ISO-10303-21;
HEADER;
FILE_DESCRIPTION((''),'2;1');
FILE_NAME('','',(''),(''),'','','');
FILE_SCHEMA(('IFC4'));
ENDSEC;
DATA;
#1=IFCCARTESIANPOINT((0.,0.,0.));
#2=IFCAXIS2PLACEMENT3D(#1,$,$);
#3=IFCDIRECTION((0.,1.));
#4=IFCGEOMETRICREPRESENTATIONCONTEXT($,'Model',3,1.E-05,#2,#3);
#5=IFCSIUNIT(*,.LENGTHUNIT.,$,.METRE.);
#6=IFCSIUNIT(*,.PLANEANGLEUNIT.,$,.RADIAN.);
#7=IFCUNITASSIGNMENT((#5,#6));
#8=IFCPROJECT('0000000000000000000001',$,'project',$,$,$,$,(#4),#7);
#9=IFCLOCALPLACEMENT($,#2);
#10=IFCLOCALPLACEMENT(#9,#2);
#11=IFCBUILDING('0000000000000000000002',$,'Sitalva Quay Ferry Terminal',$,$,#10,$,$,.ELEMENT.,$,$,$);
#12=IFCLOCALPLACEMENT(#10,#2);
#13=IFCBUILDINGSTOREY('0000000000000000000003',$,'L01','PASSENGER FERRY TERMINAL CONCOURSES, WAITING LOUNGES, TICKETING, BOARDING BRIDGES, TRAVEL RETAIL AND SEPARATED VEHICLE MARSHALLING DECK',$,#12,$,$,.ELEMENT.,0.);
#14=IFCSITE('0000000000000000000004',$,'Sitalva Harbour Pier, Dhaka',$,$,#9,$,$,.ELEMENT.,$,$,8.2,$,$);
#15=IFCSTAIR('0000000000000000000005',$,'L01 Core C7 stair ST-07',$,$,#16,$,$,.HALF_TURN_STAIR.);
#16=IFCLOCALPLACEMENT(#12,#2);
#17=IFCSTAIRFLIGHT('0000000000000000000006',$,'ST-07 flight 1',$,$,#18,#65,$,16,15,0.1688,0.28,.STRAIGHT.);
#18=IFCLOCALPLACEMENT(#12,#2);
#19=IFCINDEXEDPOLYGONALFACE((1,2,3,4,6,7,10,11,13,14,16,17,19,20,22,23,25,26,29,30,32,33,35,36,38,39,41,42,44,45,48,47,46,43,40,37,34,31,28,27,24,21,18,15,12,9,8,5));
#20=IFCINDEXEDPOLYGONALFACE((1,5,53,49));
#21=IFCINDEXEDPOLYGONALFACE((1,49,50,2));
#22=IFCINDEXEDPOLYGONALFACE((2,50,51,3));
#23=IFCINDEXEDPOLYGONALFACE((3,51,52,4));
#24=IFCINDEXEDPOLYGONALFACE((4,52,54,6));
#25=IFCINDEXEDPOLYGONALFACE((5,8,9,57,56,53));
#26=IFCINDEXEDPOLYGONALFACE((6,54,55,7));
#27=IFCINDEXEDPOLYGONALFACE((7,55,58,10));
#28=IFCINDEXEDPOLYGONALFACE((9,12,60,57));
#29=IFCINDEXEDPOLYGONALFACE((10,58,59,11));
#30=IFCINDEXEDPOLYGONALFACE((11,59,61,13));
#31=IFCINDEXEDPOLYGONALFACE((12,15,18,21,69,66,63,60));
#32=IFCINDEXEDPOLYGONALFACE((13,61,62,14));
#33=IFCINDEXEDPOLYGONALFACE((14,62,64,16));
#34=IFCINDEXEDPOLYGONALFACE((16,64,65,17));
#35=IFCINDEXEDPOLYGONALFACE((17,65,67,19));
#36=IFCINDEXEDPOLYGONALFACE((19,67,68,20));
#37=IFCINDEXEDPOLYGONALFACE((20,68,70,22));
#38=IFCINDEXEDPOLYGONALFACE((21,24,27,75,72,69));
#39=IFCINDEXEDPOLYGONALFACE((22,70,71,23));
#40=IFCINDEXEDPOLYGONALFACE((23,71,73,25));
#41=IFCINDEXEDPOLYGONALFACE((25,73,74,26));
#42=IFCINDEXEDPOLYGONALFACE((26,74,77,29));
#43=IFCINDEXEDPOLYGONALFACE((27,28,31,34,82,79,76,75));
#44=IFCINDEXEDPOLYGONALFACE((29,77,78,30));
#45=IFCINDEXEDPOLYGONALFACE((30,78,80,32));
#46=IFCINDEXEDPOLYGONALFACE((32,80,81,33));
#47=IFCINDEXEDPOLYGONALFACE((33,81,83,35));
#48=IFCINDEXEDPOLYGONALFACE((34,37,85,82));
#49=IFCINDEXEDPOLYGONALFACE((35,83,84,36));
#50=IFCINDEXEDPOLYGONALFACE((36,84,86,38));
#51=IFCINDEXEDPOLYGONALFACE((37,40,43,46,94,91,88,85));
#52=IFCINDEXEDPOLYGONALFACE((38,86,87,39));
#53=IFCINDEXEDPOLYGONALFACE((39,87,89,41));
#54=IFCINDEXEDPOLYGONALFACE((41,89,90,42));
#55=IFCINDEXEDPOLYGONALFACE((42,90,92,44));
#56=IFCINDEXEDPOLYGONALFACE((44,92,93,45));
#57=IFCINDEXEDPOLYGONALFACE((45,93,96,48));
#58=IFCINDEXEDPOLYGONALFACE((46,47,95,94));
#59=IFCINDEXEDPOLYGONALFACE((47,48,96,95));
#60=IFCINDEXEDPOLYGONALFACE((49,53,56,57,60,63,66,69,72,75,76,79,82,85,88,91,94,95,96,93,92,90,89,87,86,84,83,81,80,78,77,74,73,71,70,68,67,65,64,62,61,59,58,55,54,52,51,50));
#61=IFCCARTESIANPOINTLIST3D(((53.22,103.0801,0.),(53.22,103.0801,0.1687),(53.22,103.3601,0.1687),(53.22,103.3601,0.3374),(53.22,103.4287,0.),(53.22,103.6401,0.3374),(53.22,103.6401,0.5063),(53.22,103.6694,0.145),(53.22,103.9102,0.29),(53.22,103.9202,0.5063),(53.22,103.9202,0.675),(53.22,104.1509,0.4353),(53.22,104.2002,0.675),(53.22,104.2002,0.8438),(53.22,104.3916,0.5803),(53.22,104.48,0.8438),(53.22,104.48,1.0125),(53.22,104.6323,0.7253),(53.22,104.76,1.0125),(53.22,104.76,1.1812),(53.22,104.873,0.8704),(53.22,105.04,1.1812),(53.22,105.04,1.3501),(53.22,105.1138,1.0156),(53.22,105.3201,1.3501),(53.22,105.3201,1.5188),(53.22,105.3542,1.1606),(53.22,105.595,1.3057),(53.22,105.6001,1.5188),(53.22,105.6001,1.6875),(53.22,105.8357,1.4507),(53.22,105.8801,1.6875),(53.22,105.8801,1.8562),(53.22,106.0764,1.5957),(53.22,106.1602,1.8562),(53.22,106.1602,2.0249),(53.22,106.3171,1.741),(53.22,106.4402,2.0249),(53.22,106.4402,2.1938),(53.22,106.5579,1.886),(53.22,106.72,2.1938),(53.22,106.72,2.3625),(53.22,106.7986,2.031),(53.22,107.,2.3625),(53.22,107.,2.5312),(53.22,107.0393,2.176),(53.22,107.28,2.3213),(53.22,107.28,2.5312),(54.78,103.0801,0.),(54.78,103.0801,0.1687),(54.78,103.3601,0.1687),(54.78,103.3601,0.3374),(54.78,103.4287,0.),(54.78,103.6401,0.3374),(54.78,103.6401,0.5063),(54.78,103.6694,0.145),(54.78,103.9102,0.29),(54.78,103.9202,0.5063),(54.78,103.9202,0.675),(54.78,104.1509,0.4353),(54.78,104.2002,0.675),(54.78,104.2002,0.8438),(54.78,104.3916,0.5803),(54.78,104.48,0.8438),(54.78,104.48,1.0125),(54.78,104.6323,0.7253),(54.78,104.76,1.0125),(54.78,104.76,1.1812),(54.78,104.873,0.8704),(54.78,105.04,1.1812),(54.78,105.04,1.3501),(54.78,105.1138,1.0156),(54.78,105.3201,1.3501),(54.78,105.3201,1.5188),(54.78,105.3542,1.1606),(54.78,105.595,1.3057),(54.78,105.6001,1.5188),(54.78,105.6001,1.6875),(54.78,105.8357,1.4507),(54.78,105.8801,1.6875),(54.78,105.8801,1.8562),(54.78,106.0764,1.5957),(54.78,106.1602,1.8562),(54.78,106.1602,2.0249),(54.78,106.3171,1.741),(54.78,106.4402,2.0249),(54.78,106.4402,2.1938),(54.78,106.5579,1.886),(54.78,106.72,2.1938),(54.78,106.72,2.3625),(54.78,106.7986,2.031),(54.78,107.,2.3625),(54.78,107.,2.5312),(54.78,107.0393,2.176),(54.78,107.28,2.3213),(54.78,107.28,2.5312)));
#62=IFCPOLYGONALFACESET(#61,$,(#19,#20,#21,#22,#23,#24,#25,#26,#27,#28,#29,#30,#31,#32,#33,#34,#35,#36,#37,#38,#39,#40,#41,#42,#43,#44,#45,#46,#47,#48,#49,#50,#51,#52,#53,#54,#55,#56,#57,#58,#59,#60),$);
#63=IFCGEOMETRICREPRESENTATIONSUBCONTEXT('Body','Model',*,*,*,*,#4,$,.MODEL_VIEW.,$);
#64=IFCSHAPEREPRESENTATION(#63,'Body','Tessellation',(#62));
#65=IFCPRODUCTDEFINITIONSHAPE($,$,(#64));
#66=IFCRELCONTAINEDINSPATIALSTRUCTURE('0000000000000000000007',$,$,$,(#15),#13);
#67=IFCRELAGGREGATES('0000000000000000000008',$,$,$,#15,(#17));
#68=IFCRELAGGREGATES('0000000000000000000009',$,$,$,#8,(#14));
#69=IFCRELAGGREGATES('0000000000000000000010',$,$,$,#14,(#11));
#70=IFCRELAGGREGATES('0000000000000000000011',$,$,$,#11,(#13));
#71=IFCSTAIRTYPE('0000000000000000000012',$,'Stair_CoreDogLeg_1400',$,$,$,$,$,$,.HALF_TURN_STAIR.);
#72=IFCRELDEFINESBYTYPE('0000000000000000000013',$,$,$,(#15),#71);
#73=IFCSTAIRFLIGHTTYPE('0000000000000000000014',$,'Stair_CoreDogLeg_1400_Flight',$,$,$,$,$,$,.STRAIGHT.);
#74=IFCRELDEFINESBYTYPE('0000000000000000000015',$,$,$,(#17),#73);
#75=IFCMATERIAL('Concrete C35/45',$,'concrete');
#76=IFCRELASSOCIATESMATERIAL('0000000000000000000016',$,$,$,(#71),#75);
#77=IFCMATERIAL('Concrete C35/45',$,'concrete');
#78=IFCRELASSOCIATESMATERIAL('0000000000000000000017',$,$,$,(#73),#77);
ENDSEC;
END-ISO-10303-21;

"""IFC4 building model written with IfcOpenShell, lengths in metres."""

from ifc_helpers import new_model, si_unit, direction, frame, origin, place, context, subcontext, project, spatial, polyline, outline, extrude, material, type_object, element, aggregate, save


model = new_model("IFC4")

# Units and contexts
model_context = context("Model", 3, precision=1e-05, world=origin(), true_north=direction((0.0, 1.0)))
body_context = subcontext(model_context, "Body", "Model", "MODEL_VIEW")
ifc_project = project(units=[si_unit("LENGTHUNIT", "METRE"), si_unit("PLANEANGLEUNIT", "RADIAN")], contexts=[model_context])

# Site, building, storey
site_placement = place(None, origin())
site = spatial("IfcSite", under=ifc_project, at=site_placement, Name="Sitalva Harbour Pier, Dhaka", CompositionType="ELEMENT", RefElevation=8.2)
building_placement = place(site_placement, origin())
building = spatial("IfcBuilding", under=site, at=building_placement, Name="Sitalva Quay Ferry Terminal", CompositionType="ELEMENT")
storey_placement = place(building_placement, origin())
storey = spatial("IfcBuildingStorey", under=building, at=storey_placement, Name="L01", Description="PASSENGER FERRY TERMINAL CONCOURSES, WAITING LOUNGES, TICKETING, BOARDING BRIDGES, TRAVEL RETAIL AND SEPARATED VEHICLE MARSHALLING DECK", CompositionType="ELEMENT", Elevation=0.0)

# Stair, stair flight
ifc_material_1 = material(Name="Concrete C35/45", Category="concrete")
stair_type = type_object("IfcStairType", Name="Stair_CoreDogLeg_1400", PredefinedType="HALF_TURN_STAIR", material=ifc_material_1)
stair_placement = place(storey_placement, origin())
stair = element("IfcStair", 1, at=stair_placement, inside=storey, type_object=stair_type, Name="L01 Core C7 stair ST-07", PredefinedType="HALF_TURN_STAIR")
ifc_material_2 = material(Name="Concrete C35/45", Category="concrete")
stair_flight_type = type_object("IfcStairFlightType", Name="Stair_CoreDogLeg_1400_Flight", PredefinedType="STRAIGHT", material=ifc_material_2)
stair_flight_placement = place(storey_placement, frame((54.0, 103.0801, 0.0), z_axis=(0.0, 0.0, 1.0), x_axis=(0.0, 1.0, 0.0)))
stair_flight = element("IfcStairFlight", 2, at=stair_flight_placement, type_object=stair_flight_type, Name="ST-07 flight 1", NumberOfRisers=16, NumberOfTreads=15, PredefinedType="STRAIGHT", RiserHeight=0.1688, TreadLength=0.28, context=body_context, shape_type="SweptSolid", body=[
    extrude(outline(polyline([(0.0, 0.0), (0.0, 0.1687), (0.28, 0.1687), (0.28, 0.3374), (0.5601, 0.3374), (0.5601, 0.5063), (0.8401, 0.5063), (0.8401, 0.675), (1.1201, 0.675), (1.1201, 0.8438), (1.3999, 0.8438), (1.3999, 1.0125), (1.6799, 1.0125), (1.6799, 1.1812), (1.96, 1.1812), (1.96, 1.3501), (2.24, 1.3501), (2.24, 1.5188), (2.52, 1.5188), (2.52, 1.6875), (2.8, 1.6875), (2.8, 1.8562), (3.0801, 1.8562), (3.0801, 2.0249), (3.3601, 2.0249), (3.3601, 2.1938), (3.6399, 2.1938), (3.6399, 2.3625), (3.9199, 2.3625), (3.9199, 2.5312), (4.2, 2.5312), (4.2, 2.7), (4.2, 2.3213), (3.9592, 2.176), (3.7185, 2.031), (3.4778, 1.886), (3.2371, 1.741), (2.9963, 1.5957), (2.7556, 1.4507), (2.5149, 1.3057), (2.2742, 1.1606), (2.0337, 1.0156), (1.793, 0.8704), (1.5522, 0.7253), (1.3115, 0.5803), (1.0708, 0.4353), (0.8301, 0.29), (0.5894, 0.145), (0.3486, 0.0), (0.0, 0.0)])), frame((0.0, 0.78, 0.0), z_axis=(0.0, -1.0, 0.0), x_axis=(1.0, 0.0, 0.0)), (0.0, 0.0, 1.0), 1.5601),
])
aggregate(stair, [stair_flight])

save(model, "model.ifc")
